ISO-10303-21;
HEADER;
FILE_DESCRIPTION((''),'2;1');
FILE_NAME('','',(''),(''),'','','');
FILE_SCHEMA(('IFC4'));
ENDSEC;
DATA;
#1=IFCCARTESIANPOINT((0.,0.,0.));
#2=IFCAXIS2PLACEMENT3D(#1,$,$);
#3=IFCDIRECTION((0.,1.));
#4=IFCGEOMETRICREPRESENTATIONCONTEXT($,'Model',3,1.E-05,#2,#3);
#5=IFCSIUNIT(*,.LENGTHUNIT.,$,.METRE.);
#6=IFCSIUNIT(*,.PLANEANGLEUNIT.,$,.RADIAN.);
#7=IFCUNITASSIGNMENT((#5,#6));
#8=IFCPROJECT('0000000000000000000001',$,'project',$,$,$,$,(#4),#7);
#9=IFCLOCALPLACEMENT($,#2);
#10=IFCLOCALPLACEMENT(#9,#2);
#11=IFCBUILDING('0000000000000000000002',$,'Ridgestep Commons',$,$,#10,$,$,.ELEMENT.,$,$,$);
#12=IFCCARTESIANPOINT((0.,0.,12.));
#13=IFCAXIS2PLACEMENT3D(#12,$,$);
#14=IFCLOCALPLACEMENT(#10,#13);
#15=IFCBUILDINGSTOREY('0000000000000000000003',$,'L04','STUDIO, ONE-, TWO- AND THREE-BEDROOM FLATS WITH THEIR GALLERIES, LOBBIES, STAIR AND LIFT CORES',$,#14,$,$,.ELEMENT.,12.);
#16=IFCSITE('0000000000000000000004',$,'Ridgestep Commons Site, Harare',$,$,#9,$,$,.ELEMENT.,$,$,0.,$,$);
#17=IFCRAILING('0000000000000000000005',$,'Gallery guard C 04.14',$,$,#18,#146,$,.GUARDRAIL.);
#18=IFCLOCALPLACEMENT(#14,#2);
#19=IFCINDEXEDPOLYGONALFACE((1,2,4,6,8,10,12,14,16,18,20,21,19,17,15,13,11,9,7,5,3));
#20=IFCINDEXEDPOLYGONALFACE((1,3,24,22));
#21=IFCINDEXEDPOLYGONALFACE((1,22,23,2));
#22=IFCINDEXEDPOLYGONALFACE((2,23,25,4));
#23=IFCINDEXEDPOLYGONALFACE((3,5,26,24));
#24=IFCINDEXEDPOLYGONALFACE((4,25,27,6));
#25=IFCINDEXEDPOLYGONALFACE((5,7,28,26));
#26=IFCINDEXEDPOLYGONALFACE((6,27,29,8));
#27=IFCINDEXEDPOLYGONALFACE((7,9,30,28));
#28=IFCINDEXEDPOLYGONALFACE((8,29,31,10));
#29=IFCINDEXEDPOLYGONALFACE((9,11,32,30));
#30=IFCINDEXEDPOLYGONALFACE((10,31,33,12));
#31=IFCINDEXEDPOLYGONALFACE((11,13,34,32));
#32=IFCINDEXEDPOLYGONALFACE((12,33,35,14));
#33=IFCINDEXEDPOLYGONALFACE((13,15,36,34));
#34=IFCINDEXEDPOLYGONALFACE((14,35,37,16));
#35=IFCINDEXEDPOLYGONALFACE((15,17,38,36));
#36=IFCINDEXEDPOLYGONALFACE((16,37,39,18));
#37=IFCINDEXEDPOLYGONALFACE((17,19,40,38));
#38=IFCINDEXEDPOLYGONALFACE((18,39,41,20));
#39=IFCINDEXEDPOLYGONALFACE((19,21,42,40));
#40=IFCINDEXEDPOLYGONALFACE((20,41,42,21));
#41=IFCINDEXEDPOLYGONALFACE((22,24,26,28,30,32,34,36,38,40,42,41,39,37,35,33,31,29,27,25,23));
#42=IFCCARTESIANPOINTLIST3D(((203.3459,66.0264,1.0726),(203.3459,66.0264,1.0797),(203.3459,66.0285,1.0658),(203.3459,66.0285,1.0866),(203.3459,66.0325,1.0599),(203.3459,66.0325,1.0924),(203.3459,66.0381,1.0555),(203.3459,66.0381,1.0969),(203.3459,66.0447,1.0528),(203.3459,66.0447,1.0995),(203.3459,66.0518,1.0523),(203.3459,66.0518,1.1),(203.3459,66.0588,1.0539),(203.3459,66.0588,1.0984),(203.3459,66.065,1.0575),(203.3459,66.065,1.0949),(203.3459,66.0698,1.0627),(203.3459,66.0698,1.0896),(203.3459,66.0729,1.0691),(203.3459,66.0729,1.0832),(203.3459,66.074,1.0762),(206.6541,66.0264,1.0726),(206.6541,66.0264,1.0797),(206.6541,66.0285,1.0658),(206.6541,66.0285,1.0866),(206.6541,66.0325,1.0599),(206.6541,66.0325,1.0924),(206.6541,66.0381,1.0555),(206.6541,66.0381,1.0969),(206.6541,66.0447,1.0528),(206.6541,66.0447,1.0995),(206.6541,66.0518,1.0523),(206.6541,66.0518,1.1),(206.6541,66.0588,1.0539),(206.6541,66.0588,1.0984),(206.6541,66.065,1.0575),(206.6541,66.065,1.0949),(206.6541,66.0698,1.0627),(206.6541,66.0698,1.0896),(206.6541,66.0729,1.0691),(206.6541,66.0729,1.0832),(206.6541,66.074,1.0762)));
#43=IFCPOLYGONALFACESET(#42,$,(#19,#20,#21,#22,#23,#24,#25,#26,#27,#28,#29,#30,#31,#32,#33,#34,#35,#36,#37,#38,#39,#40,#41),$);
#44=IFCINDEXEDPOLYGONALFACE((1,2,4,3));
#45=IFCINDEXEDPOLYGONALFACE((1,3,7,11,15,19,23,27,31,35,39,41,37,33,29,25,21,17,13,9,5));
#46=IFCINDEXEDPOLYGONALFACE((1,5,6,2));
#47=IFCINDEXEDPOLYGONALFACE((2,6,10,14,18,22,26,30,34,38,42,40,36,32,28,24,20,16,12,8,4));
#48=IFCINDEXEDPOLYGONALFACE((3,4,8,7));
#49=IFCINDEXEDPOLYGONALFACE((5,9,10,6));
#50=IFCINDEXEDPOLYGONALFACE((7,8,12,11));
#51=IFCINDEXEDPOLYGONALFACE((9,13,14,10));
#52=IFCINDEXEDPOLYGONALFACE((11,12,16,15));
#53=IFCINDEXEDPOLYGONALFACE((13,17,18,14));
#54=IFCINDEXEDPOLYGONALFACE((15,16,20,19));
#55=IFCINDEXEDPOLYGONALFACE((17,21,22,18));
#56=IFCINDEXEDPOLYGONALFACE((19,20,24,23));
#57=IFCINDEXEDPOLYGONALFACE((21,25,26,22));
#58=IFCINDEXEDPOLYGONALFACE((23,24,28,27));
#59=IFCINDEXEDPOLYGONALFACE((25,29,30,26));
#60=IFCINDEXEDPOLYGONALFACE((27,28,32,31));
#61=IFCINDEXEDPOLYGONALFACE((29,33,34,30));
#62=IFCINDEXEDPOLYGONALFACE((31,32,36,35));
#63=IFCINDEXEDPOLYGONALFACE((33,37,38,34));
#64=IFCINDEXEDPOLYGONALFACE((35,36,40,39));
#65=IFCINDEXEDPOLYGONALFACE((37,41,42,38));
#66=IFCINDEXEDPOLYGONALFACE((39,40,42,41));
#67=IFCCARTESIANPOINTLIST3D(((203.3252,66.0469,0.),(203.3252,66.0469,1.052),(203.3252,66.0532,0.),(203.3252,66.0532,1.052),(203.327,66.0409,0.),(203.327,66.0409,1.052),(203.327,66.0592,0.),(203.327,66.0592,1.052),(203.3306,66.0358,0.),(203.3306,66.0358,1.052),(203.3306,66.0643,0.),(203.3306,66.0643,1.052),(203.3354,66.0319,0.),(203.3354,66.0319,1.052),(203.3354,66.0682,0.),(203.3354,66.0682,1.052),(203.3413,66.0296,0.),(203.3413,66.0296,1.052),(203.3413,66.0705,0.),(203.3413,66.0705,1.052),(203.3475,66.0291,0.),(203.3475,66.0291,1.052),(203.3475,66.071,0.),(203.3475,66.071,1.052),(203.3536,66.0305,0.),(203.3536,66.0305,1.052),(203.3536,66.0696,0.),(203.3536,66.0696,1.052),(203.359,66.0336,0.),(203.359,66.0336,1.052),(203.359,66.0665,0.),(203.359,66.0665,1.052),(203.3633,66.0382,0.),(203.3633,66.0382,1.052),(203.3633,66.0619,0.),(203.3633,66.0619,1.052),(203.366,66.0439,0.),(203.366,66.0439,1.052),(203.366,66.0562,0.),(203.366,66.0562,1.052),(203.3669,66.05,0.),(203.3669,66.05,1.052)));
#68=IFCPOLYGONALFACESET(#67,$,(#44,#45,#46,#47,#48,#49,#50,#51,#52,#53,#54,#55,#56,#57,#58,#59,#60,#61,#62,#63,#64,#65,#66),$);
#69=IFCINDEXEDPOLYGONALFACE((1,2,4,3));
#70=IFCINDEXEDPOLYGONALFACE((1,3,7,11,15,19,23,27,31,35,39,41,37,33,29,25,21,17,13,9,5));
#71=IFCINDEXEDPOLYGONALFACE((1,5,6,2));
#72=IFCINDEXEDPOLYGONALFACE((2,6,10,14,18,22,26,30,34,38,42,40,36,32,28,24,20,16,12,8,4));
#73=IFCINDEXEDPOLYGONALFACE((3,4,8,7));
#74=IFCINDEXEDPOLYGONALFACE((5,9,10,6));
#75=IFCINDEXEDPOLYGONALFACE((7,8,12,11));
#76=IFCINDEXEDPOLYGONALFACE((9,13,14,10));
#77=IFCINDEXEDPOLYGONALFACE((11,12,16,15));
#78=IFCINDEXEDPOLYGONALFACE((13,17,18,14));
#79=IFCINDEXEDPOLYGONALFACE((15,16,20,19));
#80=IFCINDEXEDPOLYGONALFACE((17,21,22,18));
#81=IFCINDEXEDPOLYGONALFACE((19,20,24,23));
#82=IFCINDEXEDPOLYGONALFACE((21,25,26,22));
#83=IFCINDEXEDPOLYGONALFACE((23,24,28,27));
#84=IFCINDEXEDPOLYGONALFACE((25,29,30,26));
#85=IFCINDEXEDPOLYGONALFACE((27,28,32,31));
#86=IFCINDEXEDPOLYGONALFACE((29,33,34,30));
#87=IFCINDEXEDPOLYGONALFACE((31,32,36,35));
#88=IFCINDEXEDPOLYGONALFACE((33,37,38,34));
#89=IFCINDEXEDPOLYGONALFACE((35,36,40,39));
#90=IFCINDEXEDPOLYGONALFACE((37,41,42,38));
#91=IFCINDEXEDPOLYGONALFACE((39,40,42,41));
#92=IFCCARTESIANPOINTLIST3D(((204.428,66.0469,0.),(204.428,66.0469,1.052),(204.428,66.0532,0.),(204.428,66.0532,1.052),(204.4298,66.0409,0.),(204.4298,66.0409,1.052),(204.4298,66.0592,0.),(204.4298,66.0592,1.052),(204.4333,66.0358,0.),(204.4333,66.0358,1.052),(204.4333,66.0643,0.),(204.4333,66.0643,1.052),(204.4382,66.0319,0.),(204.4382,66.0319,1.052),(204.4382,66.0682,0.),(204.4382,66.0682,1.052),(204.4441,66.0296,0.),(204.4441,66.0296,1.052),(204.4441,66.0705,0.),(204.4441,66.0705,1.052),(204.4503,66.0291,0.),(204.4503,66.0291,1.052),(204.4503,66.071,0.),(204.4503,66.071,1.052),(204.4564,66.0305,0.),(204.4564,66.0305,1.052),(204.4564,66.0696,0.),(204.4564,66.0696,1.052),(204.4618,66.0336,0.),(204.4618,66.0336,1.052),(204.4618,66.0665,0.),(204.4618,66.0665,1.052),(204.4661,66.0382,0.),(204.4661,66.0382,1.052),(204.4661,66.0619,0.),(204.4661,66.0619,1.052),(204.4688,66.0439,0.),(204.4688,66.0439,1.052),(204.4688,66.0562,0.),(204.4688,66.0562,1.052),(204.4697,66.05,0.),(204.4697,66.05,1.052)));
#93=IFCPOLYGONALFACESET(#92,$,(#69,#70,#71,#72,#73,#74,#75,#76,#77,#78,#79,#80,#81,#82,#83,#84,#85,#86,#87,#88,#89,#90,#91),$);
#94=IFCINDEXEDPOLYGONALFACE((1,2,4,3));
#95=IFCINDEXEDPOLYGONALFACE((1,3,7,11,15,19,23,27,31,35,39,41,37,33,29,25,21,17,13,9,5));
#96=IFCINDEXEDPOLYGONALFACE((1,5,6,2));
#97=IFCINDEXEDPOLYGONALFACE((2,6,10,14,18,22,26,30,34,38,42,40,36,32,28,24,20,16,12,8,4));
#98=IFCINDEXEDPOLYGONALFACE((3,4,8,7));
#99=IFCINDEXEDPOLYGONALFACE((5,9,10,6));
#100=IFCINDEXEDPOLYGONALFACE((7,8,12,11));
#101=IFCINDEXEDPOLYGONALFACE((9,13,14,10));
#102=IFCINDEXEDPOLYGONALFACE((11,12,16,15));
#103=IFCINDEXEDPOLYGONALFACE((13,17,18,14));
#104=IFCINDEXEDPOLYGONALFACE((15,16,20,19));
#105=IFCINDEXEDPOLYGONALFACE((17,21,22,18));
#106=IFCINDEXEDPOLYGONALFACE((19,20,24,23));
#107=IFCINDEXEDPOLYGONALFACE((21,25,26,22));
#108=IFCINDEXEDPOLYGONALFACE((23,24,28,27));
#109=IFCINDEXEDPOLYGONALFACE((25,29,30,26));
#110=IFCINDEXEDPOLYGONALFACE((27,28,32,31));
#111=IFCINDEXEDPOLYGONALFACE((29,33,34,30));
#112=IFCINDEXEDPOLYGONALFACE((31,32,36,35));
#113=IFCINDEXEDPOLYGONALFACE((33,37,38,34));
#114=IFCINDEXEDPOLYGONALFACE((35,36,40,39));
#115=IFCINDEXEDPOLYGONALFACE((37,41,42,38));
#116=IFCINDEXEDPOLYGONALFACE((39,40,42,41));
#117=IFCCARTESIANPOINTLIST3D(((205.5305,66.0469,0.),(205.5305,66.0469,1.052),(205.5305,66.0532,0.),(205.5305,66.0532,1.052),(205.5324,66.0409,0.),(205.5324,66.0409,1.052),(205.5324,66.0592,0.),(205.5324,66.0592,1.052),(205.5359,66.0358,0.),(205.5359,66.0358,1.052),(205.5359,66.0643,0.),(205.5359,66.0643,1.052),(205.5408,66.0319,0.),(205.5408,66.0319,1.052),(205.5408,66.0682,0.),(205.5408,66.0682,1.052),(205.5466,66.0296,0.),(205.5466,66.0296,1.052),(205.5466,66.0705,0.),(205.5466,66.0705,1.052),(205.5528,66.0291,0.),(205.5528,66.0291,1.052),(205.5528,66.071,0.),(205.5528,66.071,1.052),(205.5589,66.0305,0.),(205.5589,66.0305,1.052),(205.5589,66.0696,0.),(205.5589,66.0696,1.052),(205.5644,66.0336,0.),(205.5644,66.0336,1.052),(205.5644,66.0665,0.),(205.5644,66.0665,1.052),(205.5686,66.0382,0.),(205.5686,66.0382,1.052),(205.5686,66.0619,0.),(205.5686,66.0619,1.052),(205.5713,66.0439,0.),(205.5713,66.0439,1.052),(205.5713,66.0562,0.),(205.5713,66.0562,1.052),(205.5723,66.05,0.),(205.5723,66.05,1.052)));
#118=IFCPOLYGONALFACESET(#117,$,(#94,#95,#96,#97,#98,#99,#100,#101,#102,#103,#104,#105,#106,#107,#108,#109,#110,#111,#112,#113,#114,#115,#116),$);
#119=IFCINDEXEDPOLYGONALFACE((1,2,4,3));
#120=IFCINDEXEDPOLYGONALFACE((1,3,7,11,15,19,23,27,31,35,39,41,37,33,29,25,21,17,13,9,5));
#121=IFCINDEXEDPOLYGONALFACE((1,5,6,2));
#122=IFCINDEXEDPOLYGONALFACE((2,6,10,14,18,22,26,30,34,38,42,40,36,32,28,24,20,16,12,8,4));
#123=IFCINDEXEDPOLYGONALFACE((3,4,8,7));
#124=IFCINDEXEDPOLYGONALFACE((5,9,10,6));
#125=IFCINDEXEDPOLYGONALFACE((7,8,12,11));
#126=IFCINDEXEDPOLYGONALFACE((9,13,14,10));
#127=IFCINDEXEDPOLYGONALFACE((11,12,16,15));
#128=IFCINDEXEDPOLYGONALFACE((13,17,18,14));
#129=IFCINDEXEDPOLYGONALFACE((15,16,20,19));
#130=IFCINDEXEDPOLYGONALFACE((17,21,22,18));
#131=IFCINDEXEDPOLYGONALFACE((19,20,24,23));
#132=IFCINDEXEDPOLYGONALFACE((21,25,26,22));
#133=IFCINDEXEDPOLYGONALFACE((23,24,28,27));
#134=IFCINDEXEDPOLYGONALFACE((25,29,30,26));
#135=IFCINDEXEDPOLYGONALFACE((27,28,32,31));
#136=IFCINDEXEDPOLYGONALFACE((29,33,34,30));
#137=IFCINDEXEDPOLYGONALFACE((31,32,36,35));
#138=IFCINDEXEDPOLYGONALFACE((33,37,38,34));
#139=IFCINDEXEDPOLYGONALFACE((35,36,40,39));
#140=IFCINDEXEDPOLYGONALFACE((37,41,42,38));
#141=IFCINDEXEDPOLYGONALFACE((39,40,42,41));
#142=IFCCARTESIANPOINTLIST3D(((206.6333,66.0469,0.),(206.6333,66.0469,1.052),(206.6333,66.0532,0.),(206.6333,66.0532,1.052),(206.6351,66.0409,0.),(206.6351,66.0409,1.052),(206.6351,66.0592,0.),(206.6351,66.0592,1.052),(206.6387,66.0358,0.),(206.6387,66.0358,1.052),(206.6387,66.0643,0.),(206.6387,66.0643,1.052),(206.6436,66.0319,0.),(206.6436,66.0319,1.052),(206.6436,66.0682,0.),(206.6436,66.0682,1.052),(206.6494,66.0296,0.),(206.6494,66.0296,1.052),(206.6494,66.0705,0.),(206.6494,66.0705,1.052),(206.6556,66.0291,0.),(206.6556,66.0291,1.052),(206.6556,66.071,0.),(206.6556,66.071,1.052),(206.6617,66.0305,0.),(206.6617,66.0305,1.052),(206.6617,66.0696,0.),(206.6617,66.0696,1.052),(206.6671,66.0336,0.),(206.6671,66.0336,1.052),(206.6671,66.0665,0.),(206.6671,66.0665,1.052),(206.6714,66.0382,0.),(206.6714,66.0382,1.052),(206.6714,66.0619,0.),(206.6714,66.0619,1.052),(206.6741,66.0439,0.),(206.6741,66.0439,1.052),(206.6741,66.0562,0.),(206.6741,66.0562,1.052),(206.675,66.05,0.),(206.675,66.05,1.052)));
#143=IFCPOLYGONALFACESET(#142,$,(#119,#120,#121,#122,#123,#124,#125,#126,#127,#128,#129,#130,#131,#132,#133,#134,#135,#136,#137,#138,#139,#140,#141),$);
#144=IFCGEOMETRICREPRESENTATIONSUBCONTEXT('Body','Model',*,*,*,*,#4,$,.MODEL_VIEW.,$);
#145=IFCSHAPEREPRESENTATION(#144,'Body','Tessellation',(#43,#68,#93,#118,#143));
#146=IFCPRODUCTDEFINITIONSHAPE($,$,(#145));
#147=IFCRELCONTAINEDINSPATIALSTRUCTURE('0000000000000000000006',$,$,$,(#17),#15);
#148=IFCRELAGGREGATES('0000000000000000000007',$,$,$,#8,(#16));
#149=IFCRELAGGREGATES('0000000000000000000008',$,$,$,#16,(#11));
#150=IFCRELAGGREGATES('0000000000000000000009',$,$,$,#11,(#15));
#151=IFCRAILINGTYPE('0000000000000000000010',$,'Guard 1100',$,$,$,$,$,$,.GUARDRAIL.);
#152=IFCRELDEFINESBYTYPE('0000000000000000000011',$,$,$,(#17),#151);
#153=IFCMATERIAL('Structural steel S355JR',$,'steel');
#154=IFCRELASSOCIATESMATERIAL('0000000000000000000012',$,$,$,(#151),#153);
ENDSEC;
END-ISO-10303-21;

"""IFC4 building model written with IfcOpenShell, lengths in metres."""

from ifc_helpers import new_model, si_unit, direction, frame, origin, origin_2d, place, context, subcontext, project, spatial, circle, extrude, material, type_object, element, save


model = new_model("IFC4")

# Units and contexts
model_context = context("Model", 3, precision=1e-05, world=origin(), true_north=direction((0.0, 1.0)))
body_context = subcontext(model_context, "Body", "Model", "MODEL_VIEW")
ifc_project = project(units=[si_unit("LENGTHUNIT", "METRE"), si_unit("PLANEANGLEUNIT", "RADIAN")], contexts=[model_context])

# Site, building, storey
site_placement = place(None, origin())
site = spatial("IfcSite", under=ifc_project, at=site_placement, Name="Ridgestep Commons Site, Harare", CompositionType="ELEMENT", RefElevation=0.0)
building_placement = place(site_placement, origin())
building = spatial("IfcBuilding", under=site, at=building_placement, Name="Ridgestep Commons", CompositionType="ELEMENT")
storey_placement = place(building_placement, frame((0.0, 0.0, 12.0)))
storey = spatial("IfcBuildingStorey", under=building, at=storey_placement, Name="L04", Description="STUDIO, ONE-, TWO- AND THREE-BEDROOM FLATS WITH THEIR GALLERIES, LOBBIES, STAIR AND LIFT CORES", CompositionType="ELEMENT", Elevation=12.0)

# Railing
ifc_material_1 = material(Name="Structural steel S355JR", Category="steel")
railing_type_1 = type_object("IfcRailingType", Name="Guard 1100", PredefinedType="GUARDRAIL", material=ifc_material_1)
railing_1_placement = place(storey_placement, frame((203.3459, 66.05, 0.0)))
element("IfcRailing", 1, at=railing_1_placement, inside=storey, type_object=railing_type_1, Name="Gallery guard C 04.14", PredefinedType="GUARDRAIL", context=body_context, shape_type="SweptSolid", body=[
    extrude(circle(Radius=0.0239, at=origin_2d()), frame((0.0, 0.0, 1.0762), z_axis=(1.0, 0.0, 0.0), x_axis=(0.0, 1.0, 0.0)), (0.0, 0.0, 1.0), 3.3081),
    extrude(circle(Radius=0.021, at=origin_2d()), origin(), (0.0, 0.0, 1.0), 1.052),
    extrude(circle(Radius=0.021, at=origin_2d()), frame((1.1028, 0.0, 0.0)), (0.0, 0.0, 1.0), 1.052),
    extrude(circle(Radius=0.021, at=origin_2d()), frame((2.2053, 0.0, 0.0)), (0.0, 0.0, 1.0), 1.052),
    extrude(circle(Radius=0.021, at=origin_2d()), frame((3.3081, 0.0, 0.0)), (0.0, 0.0, 1.0), 1.052),
])

save(model, "model.ifc")
